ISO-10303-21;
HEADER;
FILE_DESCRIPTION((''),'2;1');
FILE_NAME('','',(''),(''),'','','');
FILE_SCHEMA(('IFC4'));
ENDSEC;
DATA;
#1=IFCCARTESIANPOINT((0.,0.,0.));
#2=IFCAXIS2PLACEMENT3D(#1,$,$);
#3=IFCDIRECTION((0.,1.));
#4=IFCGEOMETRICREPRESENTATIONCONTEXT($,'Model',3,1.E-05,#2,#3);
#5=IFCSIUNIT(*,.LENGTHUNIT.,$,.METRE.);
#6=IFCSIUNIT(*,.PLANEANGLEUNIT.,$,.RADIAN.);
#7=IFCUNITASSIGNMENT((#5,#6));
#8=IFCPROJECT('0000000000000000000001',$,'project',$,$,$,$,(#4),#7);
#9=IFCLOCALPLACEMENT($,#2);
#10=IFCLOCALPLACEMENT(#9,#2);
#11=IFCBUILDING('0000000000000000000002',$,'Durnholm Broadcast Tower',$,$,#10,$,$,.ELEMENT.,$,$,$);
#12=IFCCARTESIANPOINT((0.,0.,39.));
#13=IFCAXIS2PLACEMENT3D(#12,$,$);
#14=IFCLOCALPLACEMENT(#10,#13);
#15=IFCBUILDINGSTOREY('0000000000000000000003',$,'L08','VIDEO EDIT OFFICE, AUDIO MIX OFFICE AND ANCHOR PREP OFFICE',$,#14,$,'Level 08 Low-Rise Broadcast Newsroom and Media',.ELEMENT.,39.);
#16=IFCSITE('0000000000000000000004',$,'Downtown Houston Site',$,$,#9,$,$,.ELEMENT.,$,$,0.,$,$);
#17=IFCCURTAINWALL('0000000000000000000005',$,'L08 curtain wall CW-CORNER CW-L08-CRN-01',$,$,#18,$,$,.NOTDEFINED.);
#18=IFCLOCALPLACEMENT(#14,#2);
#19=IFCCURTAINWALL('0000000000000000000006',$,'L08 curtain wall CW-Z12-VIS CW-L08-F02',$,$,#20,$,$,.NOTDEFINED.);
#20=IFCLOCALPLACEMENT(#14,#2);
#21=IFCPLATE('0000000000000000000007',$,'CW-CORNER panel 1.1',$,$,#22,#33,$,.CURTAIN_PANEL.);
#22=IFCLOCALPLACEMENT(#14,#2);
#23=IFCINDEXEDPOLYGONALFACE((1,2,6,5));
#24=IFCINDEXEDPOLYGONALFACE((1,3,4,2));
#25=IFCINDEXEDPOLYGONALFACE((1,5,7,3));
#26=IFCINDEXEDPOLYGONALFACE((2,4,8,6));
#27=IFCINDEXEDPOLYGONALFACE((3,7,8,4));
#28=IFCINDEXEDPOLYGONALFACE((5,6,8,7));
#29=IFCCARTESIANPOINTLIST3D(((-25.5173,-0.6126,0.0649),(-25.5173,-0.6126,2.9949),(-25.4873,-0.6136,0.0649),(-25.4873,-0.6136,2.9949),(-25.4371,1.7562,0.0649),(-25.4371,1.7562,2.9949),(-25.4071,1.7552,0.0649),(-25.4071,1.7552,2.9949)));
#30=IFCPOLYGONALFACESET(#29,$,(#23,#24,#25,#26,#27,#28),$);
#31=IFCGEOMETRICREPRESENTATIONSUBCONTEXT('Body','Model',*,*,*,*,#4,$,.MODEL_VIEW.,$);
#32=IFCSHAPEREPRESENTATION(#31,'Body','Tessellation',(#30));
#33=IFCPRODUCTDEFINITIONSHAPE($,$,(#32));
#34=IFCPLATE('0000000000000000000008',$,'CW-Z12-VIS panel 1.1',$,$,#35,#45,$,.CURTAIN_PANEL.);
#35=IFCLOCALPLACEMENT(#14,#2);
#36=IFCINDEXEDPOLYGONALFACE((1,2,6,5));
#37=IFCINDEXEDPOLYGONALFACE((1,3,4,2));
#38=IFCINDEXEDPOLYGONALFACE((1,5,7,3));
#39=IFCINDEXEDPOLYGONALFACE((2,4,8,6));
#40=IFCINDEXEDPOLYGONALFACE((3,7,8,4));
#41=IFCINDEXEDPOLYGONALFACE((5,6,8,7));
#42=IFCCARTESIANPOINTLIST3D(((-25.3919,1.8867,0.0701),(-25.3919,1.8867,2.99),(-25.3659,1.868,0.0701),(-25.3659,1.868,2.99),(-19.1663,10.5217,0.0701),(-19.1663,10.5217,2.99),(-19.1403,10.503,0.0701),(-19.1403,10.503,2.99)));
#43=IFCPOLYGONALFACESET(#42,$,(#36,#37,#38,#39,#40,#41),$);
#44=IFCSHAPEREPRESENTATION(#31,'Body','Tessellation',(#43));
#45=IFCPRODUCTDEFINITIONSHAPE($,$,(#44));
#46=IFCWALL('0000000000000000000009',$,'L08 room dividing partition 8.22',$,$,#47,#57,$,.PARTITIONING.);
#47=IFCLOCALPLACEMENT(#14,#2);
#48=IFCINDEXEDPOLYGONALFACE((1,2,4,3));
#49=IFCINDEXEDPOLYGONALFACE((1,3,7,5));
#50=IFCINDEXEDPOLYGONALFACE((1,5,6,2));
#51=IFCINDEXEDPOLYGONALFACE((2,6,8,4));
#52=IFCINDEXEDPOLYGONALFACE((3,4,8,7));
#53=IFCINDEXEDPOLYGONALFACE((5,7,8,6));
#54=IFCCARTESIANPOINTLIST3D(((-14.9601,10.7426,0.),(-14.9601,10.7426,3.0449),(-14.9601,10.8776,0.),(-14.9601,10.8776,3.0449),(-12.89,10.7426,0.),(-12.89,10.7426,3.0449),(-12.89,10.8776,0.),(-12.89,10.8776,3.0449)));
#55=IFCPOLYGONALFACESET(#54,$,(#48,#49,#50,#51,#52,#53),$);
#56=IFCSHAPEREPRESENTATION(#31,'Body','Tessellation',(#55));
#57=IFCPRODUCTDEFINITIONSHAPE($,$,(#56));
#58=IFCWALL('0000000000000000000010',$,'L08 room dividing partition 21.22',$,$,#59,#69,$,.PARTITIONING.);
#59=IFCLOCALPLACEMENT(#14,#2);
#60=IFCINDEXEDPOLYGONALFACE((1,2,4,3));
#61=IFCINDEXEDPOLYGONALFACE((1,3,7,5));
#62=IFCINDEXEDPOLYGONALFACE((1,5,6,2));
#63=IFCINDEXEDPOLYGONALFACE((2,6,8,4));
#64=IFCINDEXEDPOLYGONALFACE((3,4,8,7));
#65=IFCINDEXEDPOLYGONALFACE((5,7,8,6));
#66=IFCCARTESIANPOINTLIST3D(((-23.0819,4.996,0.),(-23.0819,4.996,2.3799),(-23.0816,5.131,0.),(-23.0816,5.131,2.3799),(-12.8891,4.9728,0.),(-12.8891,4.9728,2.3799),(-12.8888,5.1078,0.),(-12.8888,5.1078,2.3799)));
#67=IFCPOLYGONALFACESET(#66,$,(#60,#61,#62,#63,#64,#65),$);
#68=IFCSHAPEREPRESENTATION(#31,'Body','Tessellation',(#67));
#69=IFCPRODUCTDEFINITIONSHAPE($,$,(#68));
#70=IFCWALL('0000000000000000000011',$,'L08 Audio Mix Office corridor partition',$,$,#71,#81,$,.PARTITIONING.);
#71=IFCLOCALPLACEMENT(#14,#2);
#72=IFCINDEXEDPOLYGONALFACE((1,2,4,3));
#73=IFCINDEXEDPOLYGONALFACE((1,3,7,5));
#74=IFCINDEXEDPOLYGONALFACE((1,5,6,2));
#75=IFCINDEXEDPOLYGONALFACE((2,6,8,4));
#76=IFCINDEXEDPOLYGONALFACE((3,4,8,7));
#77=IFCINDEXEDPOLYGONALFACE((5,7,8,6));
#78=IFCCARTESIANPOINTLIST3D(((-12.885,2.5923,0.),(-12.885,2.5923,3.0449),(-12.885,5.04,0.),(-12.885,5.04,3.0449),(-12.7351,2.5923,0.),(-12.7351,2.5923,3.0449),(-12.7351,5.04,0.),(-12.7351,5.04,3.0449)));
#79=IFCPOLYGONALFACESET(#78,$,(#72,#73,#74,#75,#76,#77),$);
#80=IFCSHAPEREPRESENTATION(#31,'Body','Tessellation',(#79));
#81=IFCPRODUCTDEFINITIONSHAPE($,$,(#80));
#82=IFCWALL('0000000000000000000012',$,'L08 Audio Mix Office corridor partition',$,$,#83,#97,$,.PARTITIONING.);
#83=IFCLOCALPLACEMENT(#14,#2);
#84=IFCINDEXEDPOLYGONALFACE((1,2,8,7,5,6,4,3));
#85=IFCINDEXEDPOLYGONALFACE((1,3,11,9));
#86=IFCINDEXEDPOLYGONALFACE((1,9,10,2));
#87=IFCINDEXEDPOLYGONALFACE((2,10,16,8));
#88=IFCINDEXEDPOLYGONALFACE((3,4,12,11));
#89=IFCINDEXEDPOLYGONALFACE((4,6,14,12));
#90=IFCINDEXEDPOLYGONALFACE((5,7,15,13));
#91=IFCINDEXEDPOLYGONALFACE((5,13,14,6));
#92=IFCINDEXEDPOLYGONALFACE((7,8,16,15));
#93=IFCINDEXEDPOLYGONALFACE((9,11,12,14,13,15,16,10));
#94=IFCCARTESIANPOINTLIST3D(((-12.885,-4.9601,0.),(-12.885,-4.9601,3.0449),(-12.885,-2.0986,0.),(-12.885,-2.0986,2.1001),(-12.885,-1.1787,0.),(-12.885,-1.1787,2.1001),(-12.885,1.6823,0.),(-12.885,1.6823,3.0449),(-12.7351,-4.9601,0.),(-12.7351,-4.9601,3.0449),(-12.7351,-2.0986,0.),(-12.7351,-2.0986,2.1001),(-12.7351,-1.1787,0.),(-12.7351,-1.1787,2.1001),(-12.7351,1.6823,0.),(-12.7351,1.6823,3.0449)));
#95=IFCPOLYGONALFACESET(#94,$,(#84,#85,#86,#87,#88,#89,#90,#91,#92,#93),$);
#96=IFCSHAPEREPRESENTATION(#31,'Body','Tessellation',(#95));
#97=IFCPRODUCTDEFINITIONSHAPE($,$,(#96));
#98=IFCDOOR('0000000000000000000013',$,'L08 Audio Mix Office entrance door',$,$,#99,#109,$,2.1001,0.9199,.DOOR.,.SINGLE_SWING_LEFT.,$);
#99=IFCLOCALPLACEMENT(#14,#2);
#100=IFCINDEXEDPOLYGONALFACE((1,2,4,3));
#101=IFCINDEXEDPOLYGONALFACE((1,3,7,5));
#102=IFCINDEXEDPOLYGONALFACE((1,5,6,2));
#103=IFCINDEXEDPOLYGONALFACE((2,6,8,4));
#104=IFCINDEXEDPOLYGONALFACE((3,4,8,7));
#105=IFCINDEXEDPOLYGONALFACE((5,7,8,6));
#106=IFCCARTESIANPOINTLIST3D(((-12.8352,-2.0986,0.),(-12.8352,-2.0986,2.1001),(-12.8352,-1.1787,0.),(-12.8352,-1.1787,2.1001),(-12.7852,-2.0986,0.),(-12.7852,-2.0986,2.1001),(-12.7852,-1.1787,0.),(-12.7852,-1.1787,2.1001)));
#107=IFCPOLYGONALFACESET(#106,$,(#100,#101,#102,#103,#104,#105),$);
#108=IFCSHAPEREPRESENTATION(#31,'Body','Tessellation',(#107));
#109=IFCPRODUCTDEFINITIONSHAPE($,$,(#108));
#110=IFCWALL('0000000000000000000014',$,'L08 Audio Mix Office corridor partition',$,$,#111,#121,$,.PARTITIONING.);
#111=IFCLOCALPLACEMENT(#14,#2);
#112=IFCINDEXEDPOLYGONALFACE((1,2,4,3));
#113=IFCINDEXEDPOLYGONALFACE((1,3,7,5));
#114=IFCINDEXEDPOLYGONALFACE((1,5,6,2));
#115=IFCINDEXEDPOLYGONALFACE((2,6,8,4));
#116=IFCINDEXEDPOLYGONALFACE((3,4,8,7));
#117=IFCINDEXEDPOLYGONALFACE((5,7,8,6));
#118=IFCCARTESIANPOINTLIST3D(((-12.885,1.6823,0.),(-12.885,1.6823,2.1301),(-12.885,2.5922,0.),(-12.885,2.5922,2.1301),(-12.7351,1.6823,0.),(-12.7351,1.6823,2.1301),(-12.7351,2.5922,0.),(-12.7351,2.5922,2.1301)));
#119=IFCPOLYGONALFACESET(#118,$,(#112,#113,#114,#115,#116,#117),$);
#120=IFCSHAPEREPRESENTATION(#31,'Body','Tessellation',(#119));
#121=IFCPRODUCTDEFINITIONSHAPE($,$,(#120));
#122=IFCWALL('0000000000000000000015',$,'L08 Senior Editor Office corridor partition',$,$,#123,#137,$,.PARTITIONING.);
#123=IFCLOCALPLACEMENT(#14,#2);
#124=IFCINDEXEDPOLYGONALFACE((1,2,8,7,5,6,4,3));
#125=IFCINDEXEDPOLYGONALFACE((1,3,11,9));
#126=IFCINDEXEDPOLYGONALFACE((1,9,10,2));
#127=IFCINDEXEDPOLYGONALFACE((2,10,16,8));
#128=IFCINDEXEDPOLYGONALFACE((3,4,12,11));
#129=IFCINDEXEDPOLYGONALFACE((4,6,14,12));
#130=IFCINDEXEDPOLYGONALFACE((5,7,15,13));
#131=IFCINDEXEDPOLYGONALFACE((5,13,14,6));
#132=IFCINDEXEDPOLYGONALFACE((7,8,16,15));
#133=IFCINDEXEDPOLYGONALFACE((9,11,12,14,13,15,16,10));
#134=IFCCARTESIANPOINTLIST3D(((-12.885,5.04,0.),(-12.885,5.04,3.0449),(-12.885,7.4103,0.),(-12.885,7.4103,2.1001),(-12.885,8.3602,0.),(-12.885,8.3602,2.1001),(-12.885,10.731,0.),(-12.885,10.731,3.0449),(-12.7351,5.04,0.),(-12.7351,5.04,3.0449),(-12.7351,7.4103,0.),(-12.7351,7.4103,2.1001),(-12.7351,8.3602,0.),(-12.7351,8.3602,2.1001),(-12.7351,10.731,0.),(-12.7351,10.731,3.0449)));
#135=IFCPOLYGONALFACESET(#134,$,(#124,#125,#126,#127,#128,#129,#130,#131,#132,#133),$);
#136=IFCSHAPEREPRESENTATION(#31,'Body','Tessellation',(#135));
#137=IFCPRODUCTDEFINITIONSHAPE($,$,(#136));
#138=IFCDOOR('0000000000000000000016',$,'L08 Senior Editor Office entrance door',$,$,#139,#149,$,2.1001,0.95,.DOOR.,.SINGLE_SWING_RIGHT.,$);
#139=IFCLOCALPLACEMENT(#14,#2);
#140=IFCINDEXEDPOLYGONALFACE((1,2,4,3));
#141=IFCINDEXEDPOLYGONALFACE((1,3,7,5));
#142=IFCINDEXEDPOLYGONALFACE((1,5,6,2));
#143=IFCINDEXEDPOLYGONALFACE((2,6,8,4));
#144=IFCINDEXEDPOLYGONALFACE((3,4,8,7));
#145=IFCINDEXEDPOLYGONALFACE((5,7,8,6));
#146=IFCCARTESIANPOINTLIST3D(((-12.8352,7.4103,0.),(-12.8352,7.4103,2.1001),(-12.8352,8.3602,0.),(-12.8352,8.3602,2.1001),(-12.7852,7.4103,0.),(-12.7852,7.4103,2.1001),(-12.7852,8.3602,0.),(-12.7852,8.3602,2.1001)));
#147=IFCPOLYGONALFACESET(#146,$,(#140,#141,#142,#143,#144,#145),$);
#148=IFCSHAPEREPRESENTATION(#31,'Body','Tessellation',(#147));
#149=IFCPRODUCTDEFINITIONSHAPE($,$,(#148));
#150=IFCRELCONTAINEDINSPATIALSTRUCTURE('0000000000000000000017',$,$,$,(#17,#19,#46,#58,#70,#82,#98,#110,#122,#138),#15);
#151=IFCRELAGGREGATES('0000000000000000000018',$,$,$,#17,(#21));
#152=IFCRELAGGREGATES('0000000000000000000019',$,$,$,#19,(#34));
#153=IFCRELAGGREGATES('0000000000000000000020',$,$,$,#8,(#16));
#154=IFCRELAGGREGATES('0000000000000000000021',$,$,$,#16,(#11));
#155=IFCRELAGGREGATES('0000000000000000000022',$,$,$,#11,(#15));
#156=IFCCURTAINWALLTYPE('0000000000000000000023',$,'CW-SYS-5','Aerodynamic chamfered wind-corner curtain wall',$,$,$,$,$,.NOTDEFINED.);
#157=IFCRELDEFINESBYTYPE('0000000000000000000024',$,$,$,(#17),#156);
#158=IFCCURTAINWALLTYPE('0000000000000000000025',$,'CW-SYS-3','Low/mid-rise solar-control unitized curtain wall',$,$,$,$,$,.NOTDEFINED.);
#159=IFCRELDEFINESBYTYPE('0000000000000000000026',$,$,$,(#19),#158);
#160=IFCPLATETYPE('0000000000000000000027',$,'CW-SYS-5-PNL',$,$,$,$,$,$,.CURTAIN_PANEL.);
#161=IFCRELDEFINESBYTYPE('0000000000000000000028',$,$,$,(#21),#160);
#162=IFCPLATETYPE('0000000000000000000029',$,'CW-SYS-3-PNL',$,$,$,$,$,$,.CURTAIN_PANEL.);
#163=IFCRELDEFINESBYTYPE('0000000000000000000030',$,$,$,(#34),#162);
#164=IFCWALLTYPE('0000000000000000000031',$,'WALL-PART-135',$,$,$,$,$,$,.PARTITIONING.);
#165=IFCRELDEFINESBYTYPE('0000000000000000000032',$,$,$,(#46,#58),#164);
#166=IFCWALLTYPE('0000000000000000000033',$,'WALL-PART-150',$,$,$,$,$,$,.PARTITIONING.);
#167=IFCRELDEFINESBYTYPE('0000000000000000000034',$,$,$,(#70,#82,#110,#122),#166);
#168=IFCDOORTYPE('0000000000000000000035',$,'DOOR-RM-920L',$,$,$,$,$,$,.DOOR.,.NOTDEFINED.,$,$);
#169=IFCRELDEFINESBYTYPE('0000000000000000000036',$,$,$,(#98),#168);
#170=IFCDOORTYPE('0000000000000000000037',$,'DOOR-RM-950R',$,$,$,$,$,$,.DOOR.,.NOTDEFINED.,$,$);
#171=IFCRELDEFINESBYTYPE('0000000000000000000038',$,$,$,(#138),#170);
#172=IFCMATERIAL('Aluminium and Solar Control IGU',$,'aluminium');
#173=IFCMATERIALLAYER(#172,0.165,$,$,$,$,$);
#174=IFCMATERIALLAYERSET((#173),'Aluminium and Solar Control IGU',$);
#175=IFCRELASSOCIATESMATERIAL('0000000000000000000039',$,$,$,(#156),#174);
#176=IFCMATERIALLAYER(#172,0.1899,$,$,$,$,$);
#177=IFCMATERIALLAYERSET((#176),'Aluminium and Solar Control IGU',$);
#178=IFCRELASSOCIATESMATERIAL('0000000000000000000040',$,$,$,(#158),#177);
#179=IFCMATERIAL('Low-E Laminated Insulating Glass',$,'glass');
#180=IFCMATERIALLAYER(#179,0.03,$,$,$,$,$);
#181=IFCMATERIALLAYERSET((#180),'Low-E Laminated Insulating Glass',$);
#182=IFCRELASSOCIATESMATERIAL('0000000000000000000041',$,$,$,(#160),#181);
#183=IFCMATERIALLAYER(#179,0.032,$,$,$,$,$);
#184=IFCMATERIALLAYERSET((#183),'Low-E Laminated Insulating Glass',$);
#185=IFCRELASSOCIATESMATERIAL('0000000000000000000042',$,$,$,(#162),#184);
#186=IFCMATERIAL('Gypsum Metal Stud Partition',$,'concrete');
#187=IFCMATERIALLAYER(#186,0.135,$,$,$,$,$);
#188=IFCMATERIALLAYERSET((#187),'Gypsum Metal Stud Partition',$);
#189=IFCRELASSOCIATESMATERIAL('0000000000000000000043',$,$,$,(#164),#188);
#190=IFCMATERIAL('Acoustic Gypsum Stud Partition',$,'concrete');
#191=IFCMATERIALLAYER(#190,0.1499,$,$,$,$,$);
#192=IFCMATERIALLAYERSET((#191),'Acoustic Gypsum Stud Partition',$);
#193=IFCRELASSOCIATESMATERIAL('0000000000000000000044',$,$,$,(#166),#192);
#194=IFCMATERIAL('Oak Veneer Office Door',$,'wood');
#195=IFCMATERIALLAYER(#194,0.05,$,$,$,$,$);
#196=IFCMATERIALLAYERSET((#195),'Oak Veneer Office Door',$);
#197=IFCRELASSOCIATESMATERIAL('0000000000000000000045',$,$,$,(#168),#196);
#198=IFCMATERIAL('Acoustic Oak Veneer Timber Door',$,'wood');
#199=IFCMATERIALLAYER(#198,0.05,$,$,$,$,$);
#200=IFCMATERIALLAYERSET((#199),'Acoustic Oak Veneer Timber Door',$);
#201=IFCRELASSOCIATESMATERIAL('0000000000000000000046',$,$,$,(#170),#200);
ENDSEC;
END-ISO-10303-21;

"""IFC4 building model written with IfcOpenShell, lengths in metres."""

from ifc_helpers import new_model, si_unit, direction, frame, frame_2d, origin, origin_2d, place, context, subcontext, project, spatial, rectangle, extrude, source, transform, mapped, material, layer, layer_set, type_object, type_shapes, element, fill, aggregate, save


model = new_model("IFC4")

# Units and contexts
model_context = context("Model", 3, precision=1e-05, world=origin(), true_north=direction((0.0, 1.0)))
body_context = subcontext(model_context, "Body", "Model", "MODEL_VIEW")
ifc_project = project(units=[si_unit("LENGTHUNIT", "METRE"), si_unit("PLANEANGLEUNIT", "RADIAN")], contexts=[model_context])

# Site, building, storey
site_placement = place(None, origin())
site = spatial("IfcSite", under=ifc_project, at=site_placement, Name="Downtown Houston Site", CompositionType="ELEMENT", RefElevation=0.0)
building_placement = place(site_placement, origin())
building = spatial("IfcBuilding", under=site, at=building_placement, Name="Durnholm Broadcast Tower", CompositionType="ELEMENT")
storey_placement = place(building_placement, frame((0.0, 0.0, 39.0)))
storey = spatial("IfcBuildingStorey", under=building, at=storey_placement, Name="L08", Description="VIDEO EDIT OFFICE, AUDIO MIX OFFICE AND ANCHOR PREP OFFICE", LongName="Level 08 Low-Rise Broadcast Newsroom and Media", CompositionType="ELEMENT", Elevation=39.0)

# Curtain wall
ifc_material_1 = material(Name="Aluminium and Solar Control IGU", Category="aluminium")
ifc_layer_1 = layer(ifc_material_1, 0.165)
ifc_layer_set_1 = layer_set([ifc_layer_1], Name="Aluminium and Solar Control IGU")
curtain_wall_type_1 = type_object("IfcCurtainWallType", Name="CW-SYS-5", Description="Aerodynamic chamfered wind-corner curtain wall", PredefinedType="NOTDEFINED", material=ifc_layer_set_1)
curtain_wall_1_placement = place(storey_placement, origin())
curtain_wall_1 = element("IfcCurtainWall", 1, at=curtain_wall_1_placement, inside=storey, type_object=curtain_wall_type_1, Name="L08 curtain wall CW-CORNER CW-L08-CRN-01", PredefinedType="NOTDEFINED")

# Curtain wall
ifc_layer_2 = layer(ifc_material_1, 0.1899)
ifc_layer_set_2 = layer_set([ifc_layer_2], Name="Aluminium and Solar Control IGU")
curtain_wall_type_2 = type_object("IfcCurtainWallType", Name="CW-SYS-3", Description="Low/mid-rise solar-control unitized curtain wall", PredefinedType="NOTDEFINED", material=ifc_layer_set_2)
curtain_wall_2_placement = place(storey_placement, origin())
curtain_wall_2 = element("IfcCurtainWall", 2, at=curtain_wall_2_placement, inside=storey, type_object=curtain_wall_type_2, Name="L08 curtain wall CW-Z12-VIS CW-L08-F02", PredefinedType="NOTDEFINED")

# Plates
ifc_material_2 = material(Name="Low-E Laminated Insulating Glass", Category="glass")
ifc_layer_3 = layer(ifc_material_2, 0.03)
ifc_layer_set_3 = layer_set([ifc_layer_3], Name="Low-E Laminated Insulating Glass")
plate_type_1 = type_object("IfcPlateType", Name="CW-SYS-5-PNL", PredefinedType="CURTAIN_PANEL", material=ifc_layer_set_3)
shared_shape_1 = source(origin(), body_context, "Body", "SweptSolid", [
    extrude(rectangle(XDim=2.3701, YDim=0.03, at=origin_2d()), origin(), (0.0, 0.0, 1.0), 2.9299),
])
type_shapes(plate_type_1, [shared_shape_1])
plate_1_placement = place(storey_placement, frame((-25.4622, 0.5713, 0.0649), z_axis=(0.0, 0.0, 1.0), x_axis=(0.03384, 0.999427, 0.0)))
plate_1 = element("IfcPlate", 3, at=plate_1_placement, type_object=plate_type_1, Name="CW-CORNER panel 1.1", PredefinedType="CURTAIN_PANEL", context=body_context, shape_type="MappedRepresentation", body=[
    mapped(shared_shape_1, transform((0.0, 0.0, 0.0), x_axis=(1.0, 0.0, 0.0), y_axis=(0.0, 1.0, 0.0), z_axis=(0.0, 0.0, 1.0), scale=1.0)),
])
aggregate(curtain_wall_1, [plate_1])
ifc_layer_4 = layer(ifc_material_2, 0.032)
ifc_layer_set_4 = layer_set([ifc_layer_4], Name="Low-E Laminated Insulating Glass")
plate_type_2 = type_object("IfcPlateType", Name="CW-SYS-3-PNL", PredefinedType="CURTAIN_PANEL", material=ifc_layer_set_4)
shared_shape_2 = source(origin(), body_context, "Body", "SweptSolid", [
    extrude(rectangle(XDim=10.6453, YDim=0.032, at=origin_2d()), origin(), (0.0, 0.0, 1.0), 2.9199),
])
type_shapes(plate_type_2, [shared_shape_2])
plate_2_placement = place(storey_placement, frame((-22.2661, 6.1948, 0.0701), z_axis=(0.0, 0.0, 1.0), x_axis=(0.584823, 0.811161, 0.0)))
plate_2 = element("IfcPlate", 4, at=plate_2_placement, type_object=plate_type_2, Name="CW-Z12-VIS panel 1.1", PredefinedType="CURTAIN_PANEL", context=body_context, shape_type="MappedRepresentation", body=[
    mapped(shared_shape_2, transform((0.0, 0.0, 0.0), x_axis=(1.0, 0.0, 0.0), y_axis=(0.0, 1.0, 0.0), z_axis=(0.0, 0.0, 1.0), scale=1.0)),
])
aggregate(curtain_wall_2, [plate_2])

# Walls
ifc_material_3 = material(Name="Gypsum Metal Stud Partition", Category="concrete")
ifc_layer_5 = layer(ifc_material_3, 0.135)
ifc_layer_set_5 = layer_set([ifc_layer_5], Name="Gypsum Metal Stud Partition")
wall_type_1 = type_object("IfcWallType", Name="WALL-PART-135", PredefinedType="PARTITIONING", material=ifc_layer_set_5)
wall_1_placement = place(storey_placement, frame((-12.8899, 10.8101, 0.0), z_axis=(0.0, 0.0, 1.0), x_axis=(-1.0, 0.0, 0.0)))
element("IfcWall", 5, at=wall_1_placement, inside=storey, type_object=wall_type_1, Name="L08 room dividing partition 8.22", PredefinedType="PARTITIONING", context=body_context, shape_type="SweptSolid", body=[
    extrude(rectangle(XDim=2.0701, YDim=0.135, at=frame_2d((1.0352, 0.0))), origin(), (0.0, 0.0, 1.0), 3.0449),
])
wall_2_placement = place(storey_placement, frame((-23.0818, 5.0635, 0.0), z_axis=(0.0, 0.0, 1.0), x_axis=(0.999997, -0.002275, 0.0)))
element("IfcWall", 6, at=wall_2_placement, inside=storey, type_object=wall_type_1, Name="L08 room dividing partition 21.22", PredefinedType="PARTITIONING", context=body_context, shape_type="SweptSolid", body=[
    extrude(rectangle(XDim=10.1929, YDim=0.135, at=frame_2d((5.0964, 0.0))), origin(), (0.0, 0.0, 1.0), 2.3799),
])
ifc_material_4 = material(Name="Acoustic Gypsum Stud Partition", Category="concrete")
ifc_layer_6 = layer(ifc_material_4, 0.1499)
ifc_layer_set_6 = layer_set([ifc_layer_6], Name="Acoustic Gypsum Stud Partition")
wall_type_2 = type_object("IfcWallType", Name="WALL-PART-150", PredefinedType="PARTITIONING", material=ifc_layer_set_6)
wall_3_placement = place(storey_placement, frame((-12.8101, 5.04, 0.0), z_axis=(0.0, 0.0, 1.0), x_axis=(0.0, -1.0, 0.0)))
element("IfcWall", 7, at=wall_3_placement, inside=storey, type_object=wall_type_2, Name="L08 Audio Mix Office corridor partition", PredefinedType="PARTITIONING", context=body_context, shape_type="SweptSolid", body=[
    extrude(rectangle(XDim=2.4478, YDim=0.1499, at=frame_2d((1.2239, 0.0))), origin(), (0.0, 0.0, 1.0), 3.0449),
])

# Wall, opening, door
wall_4_placement = place(storey_placement, frame((-12.8101, 1.6824, 0.0), z_axis=(0.0, 0.0, 1.0), x_axis=(0.0, -1.0, 0.0)))
wall_4 = element("IfcWall", 8, at=wall_4_placement, inside=storey, type_object=wall_type_2, Name="L08 Audio Mix Office corridor partition", PredefinedType="PARTITIONING", context=body_context, shape_type="SweptSolid", body=[
    extrude(rectangle(XDim=6.6423, YDim=0.1499, at=frame_2d((3.3213, 0.0))), origin(), (0.0, 0.0, 1.0), 3.0449),
])
opening_1_placement = place(wall_4_placement, frame((2.8611, 0.0, 0.0)))
opening_1 = element("IfcOpeningElement", 9, at=opening_1_placement, cuts=wall_4, PredefinedType="OPENING", context=body_context, shape_type="SweptSolid", body=[
    extrude(rectangle(XDim=0.9199, YDim=2.1001, at=frame_2d((0.46, 1.05))), frame((0.0, 0.085, 0.0), z_axis=(0.0, -1.0, 0.0), x_axis=(1.0, 0.0, 0.0)), (0.0, 0.0, 1.0), 0.1699),
])
ifc_material_5 = material(Name="Oak Veneer Office Door", Category="wood")
ifc_layer_7 = layer(ifc_material_5, 0.05)
ifc_layer_set_7 = layer_set([ifc_layer_7], Name="Oak Veneer Office Door")
door_type_1 = type_object("IfcDoorType", Name="DOOR-RM-920L", OperationType="NOTDEFINED", PredefinedType="DOOR", material=ifc_layer_set_7)
shared_shape_3 = source(origin(), body_context, "Body", "SweptSolid", [
    extrude(rectangle(XDim=0.9199, YDim=2.1001, at=frame_2d((0.46, 1.05))), frame((0.0, 0.0249, 0.0), z_axis=(0.0, -1.0, 0.0), x_axis=(1.0, 0.0, 0.0)), (0.0, 0.0, 1.0), 0.05),
])
type_shapes(door_type_1, [shared_shape_3])
door_1_placement = place(opening_1_placement, origin())
door_1 = element("IfcDoor", 10, at=door_1_placement, inside=storey, type_object=door_type_1, Name="L08 Audio Mix Office entrance door", OperationType="SINGLE_SWING_LEFT", OverallHeight=2.1001, OverallWidth=0.9199, PredefinedType="DOOR", context=body_context, shape_type="MappedRepresentation", body=[
    mapped(shared_shape_3, transform((0.0, 0.0, 0.0), x_axis=(1.0, 0.0, 0.0), y_axis=(0.0, 1.0, 0.0), z_axis=(0.0, 0.0, 1.0), scale=1.0)),
])
fill(opening_1, door_1)

# Wall
wall_5_placement = place(storey_placement, frame((-12.8101, 2.5923, 0.0), z_axis=(0.0, 0.0, 1.0), x_axis=(0.0, -1.0, 0.0)))
element("IfcWall", 11, at=wall_5_placement, inside=storey, type_object=wall_type_2, Name="L08 Audio Mix Office corridor partition", PredefinedType="PARTITIONING", context=body_context, shape_type="SweptSolid", body=[
    extrude(rectangle(XDim=0.9099, YDim=0.1499, at=frame_2d((0.4551, 0.0))), origin(), (0.0, 0.0, 1.0), 2.1301),
])

# Wall, opening, door
wall_6_placement = place(storey_placement, frame((-12.8101, 10.731, 0.0), z_axis=(0.0, 0.0, 1.0), x_axis=(0.0, -1.0, 0.0)))
wall_6 = element("IfcWall", 12, at=wall_6_placement, inside=storey, type_object=wall_type_2, Name="L08 Senior Editor Office corridor partition", PredefinedType="PARTITIONING", context=body_context, shape_type="SweptSolid", body=[
    extrude(rectangle(XDim=5.6909, YDim=0.1499, at=frame_2d((2.8455, 0.0))), origin(), (0.0, 0.0, 1.0), 3.0449),
])
opening_2_placement = place(wall_6_placement, frame((2.3706, 0.0, 0.0)))
opening_2 = element("IfcOpeningElement", 13, at=opening_2_placement, cuts=wall_6, PredefinedType="OPENING", context=body_context, shape_type="SweptSolid", body=[
    extrude(rectangle(XDim=0.95, YDim=2.1001, at=frame_2d((0.4751, 1.05))), frame((0.0, 0.085, 0.0), z_axis=(0.0, -1.0, 0.0), x_axis=(1.0, 0.0, 0.0)), (0.0, 0.0, 1.0), 0.1699),
])
ifc_material_6 = material(Name="Acoustic Oak Veneer Timber Door", Category="wood")
ifc_layer_8 = layer(ifc_material_6, 0.05)
ifc_layer_set_8 = layer_set([ifc_layer_8], Name="Acoustic Oak Veneer Timber Door")
door_type_2 = type_object("IfcDoorType", Name="DOOR-RM-950R", OperationType="NOTDEFINED", PredefinedType="DOOR", material=ifc_layer_set_8)
shared_shape_4 = source(origin(), body_context, "Body", "SweptSolid", [
    extrude(rectangle(XDim=0.95, YDim=2.1001, at=frame_2d((0.4751, 1.05))), frame((0.0, 0.0249, 0.0), z_axis=(0.0, -1.0, 0.0), x_axis=(1.0, 0.0, 0.0)), (0.0, 0.0, 1.0), 0.05),
])
type_shapes(door_type_2, [shared_shape_4])
door_2_placement = place(opening_2_placement, origin())
door_2 = element("IfcDoor", 14, at=door_2_placement, inside=storey, type_object=door_type_2, Name="L08 Senior Editor Office entrance door", OperationType="SINGLE_SWING_RIGHT", OverallHeight=2.1001, OverallWidth=0.95, PredefinedType="DOOR", context=body_context, shape_type="MappedRepresentation", body=[
    mapped(shared_shape_4, transform((0.0, 0.0, 0.0), x_axis=(1.0, 0.0, 0.0), y_axis=(0.0, 1.0, 0.0), z_axis=(0.0, 0.0, 1.0), scale=1.0)),
])
fill(opening_2, door_2)

save(model, "model.ifc")
